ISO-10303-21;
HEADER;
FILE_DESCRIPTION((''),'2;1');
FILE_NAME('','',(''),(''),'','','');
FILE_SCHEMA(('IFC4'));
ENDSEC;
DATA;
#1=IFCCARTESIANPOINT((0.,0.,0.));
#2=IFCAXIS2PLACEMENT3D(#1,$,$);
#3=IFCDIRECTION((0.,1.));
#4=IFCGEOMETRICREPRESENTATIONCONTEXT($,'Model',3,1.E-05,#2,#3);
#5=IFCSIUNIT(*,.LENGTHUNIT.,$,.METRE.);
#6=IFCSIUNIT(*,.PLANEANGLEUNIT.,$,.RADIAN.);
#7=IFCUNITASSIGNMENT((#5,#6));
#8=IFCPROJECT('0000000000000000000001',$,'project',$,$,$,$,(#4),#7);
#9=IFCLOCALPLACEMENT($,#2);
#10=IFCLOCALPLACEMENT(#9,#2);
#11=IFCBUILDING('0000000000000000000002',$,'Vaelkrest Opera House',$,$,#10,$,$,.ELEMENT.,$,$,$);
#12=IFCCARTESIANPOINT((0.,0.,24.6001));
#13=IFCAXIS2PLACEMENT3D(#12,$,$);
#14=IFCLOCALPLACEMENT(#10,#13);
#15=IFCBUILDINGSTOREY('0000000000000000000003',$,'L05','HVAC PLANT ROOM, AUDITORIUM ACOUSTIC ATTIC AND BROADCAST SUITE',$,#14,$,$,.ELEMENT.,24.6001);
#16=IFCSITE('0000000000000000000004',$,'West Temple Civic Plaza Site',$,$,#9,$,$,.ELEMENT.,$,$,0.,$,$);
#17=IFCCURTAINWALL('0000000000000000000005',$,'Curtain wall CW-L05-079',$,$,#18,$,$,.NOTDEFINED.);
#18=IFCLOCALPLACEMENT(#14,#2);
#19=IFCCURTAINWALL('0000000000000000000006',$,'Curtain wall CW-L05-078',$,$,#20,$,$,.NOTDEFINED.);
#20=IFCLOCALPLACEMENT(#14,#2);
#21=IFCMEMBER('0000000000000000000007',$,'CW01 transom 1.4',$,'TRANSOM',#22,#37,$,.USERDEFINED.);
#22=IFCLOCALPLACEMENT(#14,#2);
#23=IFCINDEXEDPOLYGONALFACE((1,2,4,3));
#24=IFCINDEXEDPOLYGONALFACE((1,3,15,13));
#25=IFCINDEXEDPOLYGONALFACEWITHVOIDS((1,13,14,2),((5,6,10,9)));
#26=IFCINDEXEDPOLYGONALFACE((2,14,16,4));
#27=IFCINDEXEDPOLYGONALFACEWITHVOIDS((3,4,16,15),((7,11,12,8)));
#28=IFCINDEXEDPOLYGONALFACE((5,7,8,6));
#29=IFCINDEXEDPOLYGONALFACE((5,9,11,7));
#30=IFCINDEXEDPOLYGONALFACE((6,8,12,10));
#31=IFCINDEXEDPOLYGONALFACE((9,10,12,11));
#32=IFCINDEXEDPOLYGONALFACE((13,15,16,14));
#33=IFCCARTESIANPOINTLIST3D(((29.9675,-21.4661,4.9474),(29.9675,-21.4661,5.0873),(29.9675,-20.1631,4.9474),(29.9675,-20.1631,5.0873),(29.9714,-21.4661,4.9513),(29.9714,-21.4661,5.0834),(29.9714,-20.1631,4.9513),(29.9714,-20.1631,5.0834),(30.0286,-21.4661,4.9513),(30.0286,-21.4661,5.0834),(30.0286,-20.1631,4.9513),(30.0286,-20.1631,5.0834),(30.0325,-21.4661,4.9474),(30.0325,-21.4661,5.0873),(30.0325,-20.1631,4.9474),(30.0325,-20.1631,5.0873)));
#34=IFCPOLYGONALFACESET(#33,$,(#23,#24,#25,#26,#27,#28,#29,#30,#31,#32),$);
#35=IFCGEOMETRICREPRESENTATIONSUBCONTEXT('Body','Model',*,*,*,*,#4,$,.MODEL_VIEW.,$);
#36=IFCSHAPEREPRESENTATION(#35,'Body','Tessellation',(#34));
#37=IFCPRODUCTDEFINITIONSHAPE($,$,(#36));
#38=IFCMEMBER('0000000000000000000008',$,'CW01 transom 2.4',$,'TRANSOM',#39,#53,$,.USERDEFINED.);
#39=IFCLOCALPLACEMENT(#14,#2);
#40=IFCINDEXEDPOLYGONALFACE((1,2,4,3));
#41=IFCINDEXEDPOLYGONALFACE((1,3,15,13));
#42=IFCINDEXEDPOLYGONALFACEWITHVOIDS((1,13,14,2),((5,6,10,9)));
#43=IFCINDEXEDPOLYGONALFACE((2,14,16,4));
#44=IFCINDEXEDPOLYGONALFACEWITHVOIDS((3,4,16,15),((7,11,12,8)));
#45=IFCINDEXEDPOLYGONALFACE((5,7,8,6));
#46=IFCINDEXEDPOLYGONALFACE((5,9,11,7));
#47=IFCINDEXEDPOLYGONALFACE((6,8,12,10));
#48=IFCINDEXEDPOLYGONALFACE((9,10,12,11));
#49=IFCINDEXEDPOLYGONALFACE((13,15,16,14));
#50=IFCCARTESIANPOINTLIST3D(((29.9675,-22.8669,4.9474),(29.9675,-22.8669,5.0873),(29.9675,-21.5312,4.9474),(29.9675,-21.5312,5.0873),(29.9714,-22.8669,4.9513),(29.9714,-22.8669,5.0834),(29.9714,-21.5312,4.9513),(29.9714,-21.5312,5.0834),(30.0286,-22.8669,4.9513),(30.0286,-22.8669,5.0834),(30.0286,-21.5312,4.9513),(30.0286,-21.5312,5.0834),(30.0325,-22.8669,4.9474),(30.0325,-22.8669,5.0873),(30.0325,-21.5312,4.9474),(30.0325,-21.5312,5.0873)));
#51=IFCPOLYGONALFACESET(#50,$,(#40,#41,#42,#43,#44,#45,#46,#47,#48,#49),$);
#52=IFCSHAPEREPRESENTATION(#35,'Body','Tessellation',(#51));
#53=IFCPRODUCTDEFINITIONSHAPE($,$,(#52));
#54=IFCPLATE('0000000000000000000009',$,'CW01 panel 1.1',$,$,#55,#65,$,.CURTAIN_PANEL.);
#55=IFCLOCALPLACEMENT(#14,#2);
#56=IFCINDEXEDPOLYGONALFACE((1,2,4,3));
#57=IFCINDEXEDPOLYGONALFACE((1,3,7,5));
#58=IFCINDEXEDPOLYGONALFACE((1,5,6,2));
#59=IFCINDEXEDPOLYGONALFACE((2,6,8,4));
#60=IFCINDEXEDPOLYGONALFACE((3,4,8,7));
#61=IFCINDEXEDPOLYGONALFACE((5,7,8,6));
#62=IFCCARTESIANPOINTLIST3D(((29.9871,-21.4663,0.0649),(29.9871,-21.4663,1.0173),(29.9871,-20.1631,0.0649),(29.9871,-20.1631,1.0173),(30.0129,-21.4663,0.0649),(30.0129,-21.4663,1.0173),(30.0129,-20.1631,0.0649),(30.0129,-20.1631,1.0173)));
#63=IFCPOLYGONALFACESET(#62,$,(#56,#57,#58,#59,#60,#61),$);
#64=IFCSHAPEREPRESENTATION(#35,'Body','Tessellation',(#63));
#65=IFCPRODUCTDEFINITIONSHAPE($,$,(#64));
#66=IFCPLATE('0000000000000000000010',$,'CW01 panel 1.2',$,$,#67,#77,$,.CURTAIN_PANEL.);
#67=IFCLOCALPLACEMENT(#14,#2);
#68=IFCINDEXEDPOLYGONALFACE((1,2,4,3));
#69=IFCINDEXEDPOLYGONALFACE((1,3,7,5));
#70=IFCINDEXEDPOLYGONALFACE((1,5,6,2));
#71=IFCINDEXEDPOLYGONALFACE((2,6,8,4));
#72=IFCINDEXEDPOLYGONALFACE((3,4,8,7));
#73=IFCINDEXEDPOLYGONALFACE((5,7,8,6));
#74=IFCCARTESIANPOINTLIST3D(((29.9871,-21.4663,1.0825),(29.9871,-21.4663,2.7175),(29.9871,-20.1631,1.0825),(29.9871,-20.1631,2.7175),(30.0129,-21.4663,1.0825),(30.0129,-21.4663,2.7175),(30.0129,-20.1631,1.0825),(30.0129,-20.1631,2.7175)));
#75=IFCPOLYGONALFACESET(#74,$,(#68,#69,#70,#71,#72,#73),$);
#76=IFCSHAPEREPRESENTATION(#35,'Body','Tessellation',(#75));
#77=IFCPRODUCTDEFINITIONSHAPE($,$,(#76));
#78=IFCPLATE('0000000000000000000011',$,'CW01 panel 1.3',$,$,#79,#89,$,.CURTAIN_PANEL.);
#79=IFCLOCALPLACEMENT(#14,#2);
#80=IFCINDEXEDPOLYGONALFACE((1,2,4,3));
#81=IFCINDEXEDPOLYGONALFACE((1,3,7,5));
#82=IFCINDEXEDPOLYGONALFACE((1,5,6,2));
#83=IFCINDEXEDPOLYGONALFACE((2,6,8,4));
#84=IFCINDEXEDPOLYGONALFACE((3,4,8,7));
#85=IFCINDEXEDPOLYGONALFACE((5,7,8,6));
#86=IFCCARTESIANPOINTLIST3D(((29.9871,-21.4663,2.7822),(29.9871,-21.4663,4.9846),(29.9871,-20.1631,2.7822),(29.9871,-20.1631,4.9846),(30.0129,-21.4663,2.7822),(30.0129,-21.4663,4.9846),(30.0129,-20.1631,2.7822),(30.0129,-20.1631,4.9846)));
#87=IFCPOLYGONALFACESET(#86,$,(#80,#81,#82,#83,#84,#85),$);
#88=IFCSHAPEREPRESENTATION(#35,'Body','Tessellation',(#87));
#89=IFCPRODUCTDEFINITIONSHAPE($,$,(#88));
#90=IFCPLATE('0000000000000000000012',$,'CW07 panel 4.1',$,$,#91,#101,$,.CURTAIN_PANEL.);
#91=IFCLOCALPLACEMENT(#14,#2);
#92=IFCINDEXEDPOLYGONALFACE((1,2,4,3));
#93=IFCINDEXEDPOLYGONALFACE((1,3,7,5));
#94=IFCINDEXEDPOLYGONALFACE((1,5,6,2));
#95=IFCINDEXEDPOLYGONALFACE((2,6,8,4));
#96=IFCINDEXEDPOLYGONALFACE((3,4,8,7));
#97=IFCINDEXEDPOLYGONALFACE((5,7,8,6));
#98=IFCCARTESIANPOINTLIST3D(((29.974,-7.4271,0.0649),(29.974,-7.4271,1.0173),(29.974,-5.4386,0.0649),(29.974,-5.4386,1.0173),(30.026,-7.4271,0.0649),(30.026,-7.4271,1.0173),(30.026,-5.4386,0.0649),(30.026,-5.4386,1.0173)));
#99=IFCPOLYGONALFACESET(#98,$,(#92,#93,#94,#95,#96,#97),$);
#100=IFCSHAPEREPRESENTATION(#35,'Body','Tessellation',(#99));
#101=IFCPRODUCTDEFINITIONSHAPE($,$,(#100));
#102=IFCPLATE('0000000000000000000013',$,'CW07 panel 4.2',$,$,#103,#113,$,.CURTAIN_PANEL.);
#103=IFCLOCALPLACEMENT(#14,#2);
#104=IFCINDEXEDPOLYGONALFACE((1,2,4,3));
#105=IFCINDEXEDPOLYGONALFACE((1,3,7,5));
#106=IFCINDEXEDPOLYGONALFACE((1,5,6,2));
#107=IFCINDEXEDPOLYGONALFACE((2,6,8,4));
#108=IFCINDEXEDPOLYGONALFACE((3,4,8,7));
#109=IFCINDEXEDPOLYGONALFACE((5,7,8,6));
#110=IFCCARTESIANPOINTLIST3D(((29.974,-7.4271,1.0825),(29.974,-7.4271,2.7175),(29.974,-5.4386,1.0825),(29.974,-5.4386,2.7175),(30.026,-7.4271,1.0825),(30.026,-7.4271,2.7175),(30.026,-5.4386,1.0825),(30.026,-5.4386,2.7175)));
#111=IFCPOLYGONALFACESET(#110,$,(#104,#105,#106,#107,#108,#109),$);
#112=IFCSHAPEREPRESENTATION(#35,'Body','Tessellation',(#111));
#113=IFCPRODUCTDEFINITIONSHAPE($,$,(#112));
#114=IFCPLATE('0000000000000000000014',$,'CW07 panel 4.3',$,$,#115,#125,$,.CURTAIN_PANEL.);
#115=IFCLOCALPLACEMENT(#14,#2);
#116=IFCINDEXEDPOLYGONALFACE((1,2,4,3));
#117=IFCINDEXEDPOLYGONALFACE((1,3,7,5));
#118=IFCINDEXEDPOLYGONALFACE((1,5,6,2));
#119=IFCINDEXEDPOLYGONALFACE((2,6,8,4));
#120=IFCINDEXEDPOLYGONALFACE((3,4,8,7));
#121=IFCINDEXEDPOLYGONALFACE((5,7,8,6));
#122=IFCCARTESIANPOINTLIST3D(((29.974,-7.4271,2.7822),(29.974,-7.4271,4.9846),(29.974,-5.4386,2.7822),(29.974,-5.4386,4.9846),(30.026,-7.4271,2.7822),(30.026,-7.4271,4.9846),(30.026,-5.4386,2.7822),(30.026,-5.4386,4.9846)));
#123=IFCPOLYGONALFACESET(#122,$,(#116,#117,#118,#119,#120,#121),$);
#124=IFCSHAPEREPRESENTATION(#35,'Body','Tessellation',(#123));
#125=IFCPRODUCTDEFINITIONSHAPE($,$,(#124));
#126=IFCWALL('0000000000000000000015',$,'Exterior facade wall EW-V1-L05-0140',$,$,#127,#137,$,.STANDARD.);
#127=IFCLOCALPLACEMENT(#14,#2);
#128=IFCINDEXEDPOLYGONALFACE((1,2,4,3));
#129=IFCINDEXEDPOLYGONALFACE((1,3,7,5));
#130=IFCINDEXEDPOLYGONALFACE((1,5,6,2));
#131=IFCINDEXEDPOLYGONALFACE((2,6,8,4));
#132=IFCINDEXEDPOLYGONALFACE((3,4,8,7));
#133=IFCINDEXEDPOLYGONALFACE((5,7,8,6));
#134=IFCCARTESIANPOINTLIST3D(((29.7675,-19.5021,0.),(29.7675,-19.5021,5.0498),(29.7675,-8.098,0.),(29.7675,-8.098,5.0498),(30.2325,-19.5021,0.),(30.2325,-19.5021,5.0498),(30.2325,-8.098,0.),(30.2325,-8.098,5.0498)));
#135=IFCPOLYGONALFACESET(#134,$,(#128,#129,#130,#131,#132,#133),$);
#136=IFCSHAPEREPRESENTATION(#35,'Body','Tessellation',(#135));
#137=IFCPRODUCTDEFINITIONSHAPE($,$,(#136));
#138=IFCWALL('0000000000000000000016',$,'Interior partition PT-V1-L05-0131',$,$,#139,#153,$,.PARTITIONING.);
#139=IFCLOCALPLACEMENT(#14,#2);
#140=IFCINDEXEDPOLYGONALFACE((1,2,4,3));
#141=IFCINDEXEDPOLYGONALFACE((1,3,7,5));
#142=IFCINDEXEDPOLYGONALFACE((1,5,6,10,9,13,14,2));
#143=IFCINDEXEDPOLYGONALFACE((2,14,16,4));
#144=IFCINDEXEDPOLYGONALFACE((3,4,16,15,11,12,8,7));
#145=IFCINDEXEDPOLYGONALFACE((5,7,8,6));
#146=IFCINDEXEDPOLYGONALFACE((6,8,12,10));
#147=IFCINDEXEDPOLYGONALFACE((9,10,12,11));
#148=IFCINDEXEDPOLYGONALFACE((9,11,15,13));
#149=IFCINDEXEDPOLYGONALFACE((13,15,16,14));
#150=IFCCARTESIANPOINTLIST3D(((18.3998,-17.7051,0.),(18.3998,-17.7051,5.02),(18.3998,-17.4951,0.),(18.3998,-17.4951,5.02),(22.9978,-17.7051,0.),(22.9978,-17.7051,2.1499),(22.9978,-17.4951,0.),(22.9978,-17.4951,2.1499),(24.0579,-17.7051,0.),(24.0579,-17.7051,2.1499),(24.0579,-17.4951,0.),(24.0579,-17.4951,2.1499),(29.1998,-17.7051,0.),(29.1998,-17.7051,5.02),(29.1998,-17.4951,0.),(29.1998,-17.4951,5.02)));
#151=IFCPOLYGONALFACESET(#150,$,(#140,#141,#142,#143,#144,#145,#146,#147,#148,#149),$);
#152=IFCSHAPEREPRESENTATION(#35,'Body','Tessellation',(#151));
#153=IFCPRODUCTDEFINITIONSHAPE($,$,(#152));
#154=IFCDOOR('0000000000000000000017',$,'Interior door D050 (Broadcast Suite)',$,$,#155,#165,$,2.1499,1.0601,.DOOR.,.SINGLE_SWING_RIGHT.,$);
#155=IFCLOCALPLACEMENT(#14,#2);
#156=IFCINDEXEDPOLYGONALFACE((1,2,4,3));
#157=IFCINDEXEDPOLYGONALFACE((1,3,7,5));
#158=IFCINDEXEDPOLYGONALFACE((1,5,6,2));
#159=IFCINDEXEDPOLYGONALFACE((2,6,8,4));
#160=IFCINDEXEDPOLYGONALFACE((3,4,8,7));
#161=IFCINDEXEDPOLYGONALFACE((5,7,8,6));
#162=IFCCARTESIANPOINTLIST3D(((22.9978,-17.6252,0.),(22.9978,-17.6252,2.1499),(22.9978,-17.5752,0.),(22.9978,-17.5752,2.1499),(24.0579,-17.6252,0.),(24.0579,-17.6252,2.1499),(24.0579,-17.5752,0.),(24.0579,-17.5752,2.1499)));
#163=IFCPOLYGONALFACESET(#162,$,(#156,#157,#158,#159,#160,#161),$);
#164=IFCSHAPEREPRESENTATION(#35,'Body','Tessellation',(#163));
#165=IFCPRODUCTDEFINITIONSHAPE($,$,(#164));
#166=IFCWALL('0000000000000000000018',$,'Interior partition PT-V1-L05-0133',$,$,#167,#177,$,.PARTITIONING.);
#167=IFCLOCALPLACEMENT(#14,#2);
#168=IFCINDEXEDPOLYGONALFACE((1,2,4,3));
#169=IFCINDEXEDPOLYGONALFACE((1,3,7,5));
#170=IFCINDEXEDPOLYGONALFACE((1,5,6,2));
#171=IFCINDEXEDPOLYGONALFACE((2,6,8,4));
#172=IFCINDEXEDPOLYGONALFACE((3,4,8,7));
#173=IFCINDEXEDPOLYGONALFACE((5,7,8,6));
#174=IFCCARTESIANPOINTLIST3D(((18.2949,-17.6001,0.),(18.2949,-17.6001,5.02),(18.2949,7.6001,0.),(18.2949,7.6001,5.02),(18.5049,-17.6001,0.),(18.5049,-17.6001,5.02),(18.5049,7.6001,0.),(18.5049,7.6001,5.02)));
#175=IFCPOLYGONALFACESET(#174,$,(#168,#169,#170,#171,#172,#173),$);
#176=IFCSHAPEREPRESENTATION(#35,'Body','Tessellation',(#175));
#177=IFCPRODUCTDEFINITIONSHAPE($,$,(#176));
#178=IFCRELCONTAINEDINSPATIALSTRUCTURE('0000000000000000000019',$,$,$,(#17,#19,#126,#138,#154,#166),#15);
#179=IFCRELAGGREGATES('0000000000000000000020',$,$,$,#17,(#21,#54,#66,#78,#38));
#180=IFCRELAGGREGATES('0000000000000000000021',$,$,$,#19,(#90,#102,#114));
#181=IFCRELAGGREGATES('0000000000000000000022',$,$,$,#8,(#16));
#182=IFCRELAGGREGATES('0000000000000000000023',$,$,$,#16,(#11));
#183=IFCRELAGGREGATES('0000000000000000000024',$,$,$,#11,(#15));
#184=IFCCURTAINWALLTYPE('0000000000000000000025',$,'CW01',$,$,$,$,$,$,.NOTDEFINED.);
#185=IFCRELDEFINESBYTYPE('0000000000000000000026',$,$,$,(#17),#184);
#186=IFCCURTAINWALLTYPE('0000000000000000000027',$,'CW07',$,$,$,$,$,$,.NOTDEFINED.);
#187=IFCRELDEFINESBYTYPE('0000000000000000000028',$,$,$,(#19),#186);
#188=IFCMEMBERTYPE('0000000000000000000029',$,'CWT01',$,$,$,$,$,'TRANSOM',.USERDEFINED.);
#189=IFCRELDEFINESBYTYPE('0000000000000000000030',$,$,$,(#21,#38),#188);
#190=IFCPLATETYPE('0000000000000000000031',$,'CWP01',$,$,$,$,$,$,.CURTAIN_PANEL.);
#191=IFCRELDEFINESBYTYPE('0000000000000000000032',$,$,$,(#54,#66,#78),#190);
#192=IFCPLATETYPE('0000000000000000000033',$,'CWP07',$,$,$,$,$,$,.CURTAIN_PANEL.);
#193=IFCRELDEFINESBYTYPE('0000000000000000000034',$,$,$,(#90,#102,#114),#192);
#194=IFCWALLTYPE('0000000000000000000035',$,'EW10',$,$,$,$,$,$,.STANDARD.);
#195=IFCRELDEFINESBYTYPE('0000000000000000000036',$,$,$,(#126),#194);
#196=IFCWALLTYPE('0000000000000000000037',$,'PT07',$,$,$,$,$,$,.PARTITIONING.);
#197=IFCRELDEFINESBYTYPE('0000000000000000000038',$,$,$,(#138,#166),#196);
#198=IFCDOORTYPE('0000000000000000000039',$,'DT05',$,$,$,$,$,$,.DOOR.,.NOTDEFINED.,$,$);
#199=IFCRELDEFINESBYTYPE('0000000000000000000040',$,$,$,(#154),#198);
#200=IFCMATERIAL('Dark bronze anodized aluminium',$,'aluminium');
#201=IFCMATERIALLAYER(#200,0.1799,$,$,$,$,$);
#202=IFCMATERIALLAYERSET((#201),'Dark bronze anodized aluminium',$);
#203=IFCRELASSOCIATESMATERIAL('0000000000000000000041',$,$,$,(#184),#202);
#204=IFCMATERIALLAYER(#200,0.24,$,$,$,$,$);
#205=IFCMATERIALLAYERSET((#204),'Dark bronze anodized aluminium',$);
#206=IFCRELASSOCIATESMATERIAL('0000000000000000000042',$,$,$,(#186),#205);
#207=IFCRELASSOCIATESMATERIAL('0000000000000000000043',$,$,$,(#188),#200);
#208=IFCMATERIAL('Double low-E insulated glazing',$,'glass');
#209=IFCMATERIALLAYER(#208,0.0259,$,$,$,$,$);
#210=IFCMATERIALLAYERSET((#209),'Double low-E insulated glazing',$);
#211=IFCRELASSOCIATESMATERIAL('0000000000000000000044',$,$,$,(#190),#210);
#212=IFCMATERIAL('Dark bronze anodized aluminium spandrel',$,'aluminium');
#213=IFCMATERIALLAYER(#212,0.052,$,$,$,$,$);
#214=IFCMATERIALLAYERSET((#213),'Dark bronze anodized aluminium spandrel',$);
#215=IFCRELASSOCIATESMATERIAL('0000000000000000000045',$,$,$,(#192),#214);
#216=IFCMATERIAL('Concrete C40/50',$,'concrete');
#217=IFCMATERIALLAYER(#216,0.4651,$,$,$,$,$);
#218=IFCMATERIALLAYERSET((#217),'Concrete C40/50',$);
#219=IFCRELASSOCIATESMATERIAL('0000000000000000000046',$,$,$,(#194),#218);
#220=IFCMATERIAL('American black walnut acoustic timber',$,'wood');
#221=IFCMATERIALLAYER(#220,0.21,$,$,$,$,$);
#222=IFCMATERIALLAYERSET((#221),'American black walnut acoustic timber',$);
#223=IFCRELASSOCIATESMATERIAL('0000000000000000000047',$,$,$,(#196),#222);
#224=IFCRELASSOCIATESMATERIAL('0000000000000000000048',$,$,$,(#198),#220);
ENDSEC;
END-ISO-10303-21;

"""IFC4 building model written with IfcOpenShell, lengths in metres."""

from ifc_helpers import new_model, si_unit, direction, frame, frame_2d, origin, origin_2d, place, context, subcontext, project, spatial, rectangle, hollow_rectangle, extrude, material, layer, layer_set, material_profile, profile_set, type_object, element, fill, aggregate, save


model = new_model("IFC4")

# Units and contexts
model_context = context("Model", 3, precision=1e-05, world=origin(), true_north=direction((0.0, 1.0)))
body_context = subcontext(model_context, "Body", "Model", "MODEL_VIEW")
ifc_project = project(units=[si_unit("LENGTHUNIT", "METRE"), si_unit("PLANEANGLEUNIT", "RADIAN")], contexts=[model_context])

# Site, building, storey
site_placement = place(None, origin())
site = spatial("IfcSite", under=ifc_project, at=site_placement, Name="West Temple Civic Plaza Site", CompositionType="ELEMENT", RefElevation=0.0)
building_placement = place(site_placement, origin())
building = spatial("IfcBuilding", under=site, at=building_placement, Name="Vaelkrest Opera House", CompositionType="ELEMENT")
storey_placement = place(building_placement, frame((0.0, 0.0, 24.6001)))
storey = spatial("IfcBuildingStorey", under=building, at=storey_placement, Name="L05", Description="HVAC PLANT ROOM, AUDITORIUM ACOUSTIC ATTIC AND BROADCAST SUITE", CompositionType="ELEMENT", Elevation=24.6001)

# Curtain wall
ifc_material_1 = material(Name="Dark bronze anodized aluminium", Category="aluminium")
ifc_layer_1 = layer(ifc_material_1, 0.1799)
ifc_layer_set_1 = layer_set([ifc_layer_1], Name="Dark bronze anodized aluminium")
curtain_wall_type_1 = type_object("IfcCurtainWallType", Name="CW01", PredefinedType="NOTDEFINED", material=ifc_layer_set_1)
curtain_wall_1_placement = place(storey_placement, origin())
curtain_wall_1 = element("IfcCurtainWall", 1, at=curtain_wall_1_placement, inside=storey, type_object=curtain_wall_type_1, Name="Curtain wall CW-L05-079", PredefinedType="NOTDEFINED")

# Curtain wall
ifc_layer_2 = layer(ifc_material_1, 0.24)
ifc_layer_set_2 = layer_set([ifc_layer_2], Name="Dark bronze anodized aluminium")
curtain_wall_type_2 = type_object("IfcCurtainWallType", Name="CW07", PredefinedType="NOTDEFINED", material=ifc_layer_set_2)
curtain_wall_2_placement = place(storey_placement, origin())
curtain_wall_2 = element("IfcCurtainWall", 2, at=curtain_wall_2_placement, inside=storey, type_object=curtain_wall_type_2, Name="Curtain wall CW-L05-078", PredefinedType="NOTDEFINED")

# Members
ifc_material_profile_1 = material_profile(ifc_material_1, hollow_rectangle(XDim=0.0649, YDim=0.1399, WallThickness=0.0039, at=origin_2d()), Name="CWT65X140")
ifc_profile_set_1 = profile_set([ifc_material_profile_1], Name="Dark bronze anodized aluminium")
member_type_1 = type_object("IfcMemberType", Name="CWT01", ElementType="TRANSOM", PredefinedType="USERDEFINED", material=ifc_profile_set_1)
member_1_placement = place(storey_placement, frame((30.0, -20.1631, 5.0173), z_axis=(0.0, -1.0, 0.0), x_axis=(1.0, 0.0, 0.0)))
member_1 = element("IfcMember", 3, at=member_1_placement, type_object=member_type_1, Name="CW01 transom 1.4", ObjectType="TRANSOM", PredefinedType="USERDEFINED", context=body_context, shape_type="SweptSolid", body=[
    extrude(hollow_rectangle(XDim=0.0649, YDim=0.1399, WallThickness=0.0039, at=origin_2d()), origin(), (0.0, 0.0, 1.0), 1.303),
])
member_2_placement = place(storey_placement, frame((30.0, -21.5312, 5.0173), z_axis=(0.0, -1.0, 0.0), x_axis=(1.0, 0.0, 0.0)))
member_2 = element("IfcMember", 4, at=member_2_placement, type_object=member_type_1, Name="CW01 transom 2.4", ObjectType="TRANSOM", PredefinedType="USERDEFINED", context=body_context, shape_type="SweptSolid", body=[
    extrude(hollow_rectangle(XDim=0.0649, YDim=0.1399, WallThickness=0.0039, at=origin_2d()), origin(), (0.0, 0.0, 1.0), 1.3357),
])

# Plates
ifc_material_2 = material(Name="Double low-E insulated glazing", Category="glass")
ifc_layer_3 = layer(ifc_material_2, 0.0259)
ifc_layer_set_3 = layer_set([ifc_layer_3], Name="Double low-E insulated glazing")
plate_type_1 = type_object("IfcPlateType", Name="CWP01", PredefinedType="CURTAIN_PANEL", material=ifc_layer_set_3)
plate_1_placement = place(storey_placement, frame((30.0, -20.8147, 0.0649), z_axis=(0.0, 0.0, 1.0), x_axis=(0.0, -1.0, 0.0)))
plate_1 = element("IfcPlate", 5, at=plate_1_placement, type_object=plate_type_1, Name="CW01 panel 1.1", PredefinedType="CURTAIN_PANEL", context=body_context, shape_type="SweptSolid", body=[
    extrude(rectangle(XDim=1.3032, YDim=0.0259, at=origin_2d()), origin(), (0.0, 0.0, 1.0), 0.9524),
])
plate_2_placement = place(storey_placement, frame((30.0, -20.8147, 1.0825), z_axis=(0.0, 0.0, 1.0), x_axis=(0.0, -1.0, 0.0)))
plate_2 = element("IfcPlate", 6, at=plate_2_placement, type_object=plate_type_1, Name="CW01 panel 1.2", PredefinedType="CURTAIN_PANEL", context=body_context, shape_type="SweptSolid", body=[
    extrude(rectangle(XDim=1.3032, YDim=0.0259, at=origin_2d()), origin(), (0.0, 0.0, 1.0), 1.635),
])
plate_3_placement = place(storey_placement, frame((30.0, -20.8147, 2.7822), z_axis=(0.0, 0.0, 1.0), x_axis=(0.0, -1.0, 0.0)))
plate_3 = element("IfcPlate", 7, at=plate_3_placement, type_object=plate_type_1, Name="CW01 panel 1.3", PredefinedType="CURTAIN_PANEL", context=body_context, shape_type="SweptSolid", body=[
    extrude(rectangle(XDim=1.3032, YDim=0.0259, at=origin_2d()), origin(), (0.0, 0.0, 1.0), 2.2024),
])
aggregate(curtain_wall_1, [member_1, plate_1, plate_2, plate_3, member_2])
ifc_material_3 = material(Name="Dark bronze anodized aluminium spandrel", Category="aluminium")
ifc_layer_4 = layer(ifc_material_3, 0.052)
ifc_layer_set_4 = layer_set([ifc_layer_4], Name="Dark bronze anodized aluminium spandrel")
plate_type_2 = type_object("IfcPlateType", Name="CWP07", PredefinedType="CURTAIN_PANEL", material=ifc_layer_set_4)
plate_4_placement = place(storey_placement, frame((30.0, -6.4329, 0.0649), z_axis=(0.0, 0.0, 1.0), x_axis=(0.0, -1.0, 0.0)))
plate_4 = element("IfcPlate", 8, at=plate_4_placement, type_object=plate_type_2, Name="CW07 panel 4.1", PredefinedType="CURTAIN_PANEL", context=body_context, shape_type="SweptSolid", body=[
    extrude(rectangle(XDim=1.9885, YDim=0.052, at=origin_2d()), origin(), (0.0, 0.0, 1.0), 0.9524),
])
plate_5_placement = place(storey_placement, frame((30.0, -6.4329, 1.0825), z_axis=(0.0, 0.0, 1.0), x_axis=(0.0, -1.0, 0.0)))
plate_5 = element("IfcPlate", 9, at=plate_5_placement, type_object=plate_type_2, Name="CW07 panel 4.2", PredefinedType="CURTAIN_PANEL", context=body_context, shape_type="SweptSolid", body=[
    extrude(rectangle(XDim=1.9885, YDim=0.052, at=origin_2d()), origin(), (0.0, 0.0, 1.0), 1.635),
])
plate_6_placement = place(storey_placement, frame((30.0, -6.4329, 2.7822), z_axis=(0.0, 0.0, 1.0), x_axis=(0.0, -1.0, 0.0)))
plate_6 = element("IfcPlate", 10, at=plate_6_placement, type_object=plate_type_2, Name="CW07 panel 4.3", PredefinedType="CURTAIN_PANEL", context=body_context, shape_type="SweptSolid", body=[
    extrude(rectangle(XDim=1.9885, YDim=0.052, at=origin_2d()), origin(), (0.0, 0.0, 1.0), 2.2024),
])
aggregate(curtain_wall_2, [plate_4, plate_5, plate_6])

# Wall
ifc_material_4 = material(Name="Concrete C40/50", Category="concrete")
ifc_layer_5 = layer(ifc_material_4, 0.4651)
ifc_layer_set_5 = layer_set([ifc_layer_5], Name="Concrete C40/50")
wall_type_1 = type_object("IfcWallType", Name="EW10", PredefinedType="STANDARD", material=ifc_layer_set_5)
wall_1_placement = place(storey_placement, frame((30.0, -8.0979, 0.0), z_axis=(0.0, 0.0, 1.0), x_axis=(0.0, -1.0, 0.0)))
element("IfcWall", 11, at=wall_1_placement, inside=storey, type_object=wall_type_1, Name="Exterior facade wall EW-V1-L05-0140", PredefinedType="STANDARD", context=body_context, shape_type="SweptSolid", body=[
    extrude(rectangle(XDim=11.4041, YDim=0.4651, at=frame_2d((5.7021, 0.0))), origin(), (0.0, 0.0, 1.0), 5.0498),
])

# Wall, opening, door
ifc_material_5 = material(Name="American black walnut acoustic timber", Category="wood")
ifc_layer_6 = layer(ifc_material_5, 0.21)
ifc_layer_set_6 = layer_set([ifc_layer_6], Name="American black walnut acoustic timber")
wall_type_2 = type_object("IfcWallType", Name="PT07", PredefinedType="PARTITIONING", material=ifc_layer_set_6)
wall_2_placement = place(storey_placement, frame((18.3999, -17.6001, 0.0), z_axis=(0.0, 0.0, 1.0), x_axis=(1.0, 0.0, 0.0)))
wall_2 = element("IfcWall", 12, at=wall_2_placement, inside=storey, type_object=wall_type_2, Name="Interior partition PT-V1-L05-0131", PredefinedType="PARTITIONING", context=body_context, shape_type="SweptSolid", body=[
    extrude(rectangle(XDim=10.8, YDim=0.21, at=frame_2d((5.3999, 0.0))), origin(), (0.0, 0.0, 1.0), 5.02),
])
opening_placement = place(wall_2_placement, frame((4.5979, 0.0, 0.0)))
opening = element("IfcOpeningElement", 13, at=opening_placement, cuts=wall_2, PredefinedType="OPENING", context=body_context, shape_type="SweptSolid", body=[
    extrude(rectangle(XDim=1.0601, YDim=2.1499, at=frame_2d((0.53, 1.075))), frame((0.0, 0.115, 0.0), z_axis=(0.0, -1.0, 0.0), x_axis=(1.0, 0.0, 0.0)), (0.0, 0.0, 1.0), 0.23),
])
door_type = type_object("IfcDoorType", Name="DT05", OperationType="NOTDEFINED", PredefinedType="DOOR", material=ifc_material_5)
door_placement = place(opening_placement, origin())
door = element("IfcDoor", 14, at=door_placement, inside=storey, type_object=door_type, Name="Interior door D050 (Broadcast Suite)", OperationType="SINGLE_SWING_RIGHT", OverallHeight=2.1499, OverallWidth=1.0601, PredefinedType="DOOR", context=body_context, shape_type="SweptSolid", body=[
    extrude(rectangle(XDim=1.0601, YDim=2.1499, at=frame_2d((0.53, 1.075))), frame((0.0, 0.0249, 0.0), z_axis=(0.0, -1.0, 0.0), x_axis=(1.0, 0.0, 0.0)), (0.0, 0.0, 1.0), 0.05),
])
fill(opening, door)

# Wall
wall_3_placement = place(storey_placement, frame((18.3999, -17.6001, 0.0), z_axis=(0.0, 0.0, 1.0), x_axis=(0.0, 1.0, 0.0)))
element("IfcWall", 15, at=wall_3_placement, inside=storey, type_object=wall_type_2, Name="Interior partition PT-V1-L05-0133", PredefinedType="PARTITIONING", context=body_context, shape_type="SweptSolid", body=[
    extrude(rectangle(XDim=25.2002, YDim=0.21, at=frame_2d((12.6001, 0.0))), origin(), (0.0, 0.0, 1.0), 5.02),
])

save(model, "model.ifc")
